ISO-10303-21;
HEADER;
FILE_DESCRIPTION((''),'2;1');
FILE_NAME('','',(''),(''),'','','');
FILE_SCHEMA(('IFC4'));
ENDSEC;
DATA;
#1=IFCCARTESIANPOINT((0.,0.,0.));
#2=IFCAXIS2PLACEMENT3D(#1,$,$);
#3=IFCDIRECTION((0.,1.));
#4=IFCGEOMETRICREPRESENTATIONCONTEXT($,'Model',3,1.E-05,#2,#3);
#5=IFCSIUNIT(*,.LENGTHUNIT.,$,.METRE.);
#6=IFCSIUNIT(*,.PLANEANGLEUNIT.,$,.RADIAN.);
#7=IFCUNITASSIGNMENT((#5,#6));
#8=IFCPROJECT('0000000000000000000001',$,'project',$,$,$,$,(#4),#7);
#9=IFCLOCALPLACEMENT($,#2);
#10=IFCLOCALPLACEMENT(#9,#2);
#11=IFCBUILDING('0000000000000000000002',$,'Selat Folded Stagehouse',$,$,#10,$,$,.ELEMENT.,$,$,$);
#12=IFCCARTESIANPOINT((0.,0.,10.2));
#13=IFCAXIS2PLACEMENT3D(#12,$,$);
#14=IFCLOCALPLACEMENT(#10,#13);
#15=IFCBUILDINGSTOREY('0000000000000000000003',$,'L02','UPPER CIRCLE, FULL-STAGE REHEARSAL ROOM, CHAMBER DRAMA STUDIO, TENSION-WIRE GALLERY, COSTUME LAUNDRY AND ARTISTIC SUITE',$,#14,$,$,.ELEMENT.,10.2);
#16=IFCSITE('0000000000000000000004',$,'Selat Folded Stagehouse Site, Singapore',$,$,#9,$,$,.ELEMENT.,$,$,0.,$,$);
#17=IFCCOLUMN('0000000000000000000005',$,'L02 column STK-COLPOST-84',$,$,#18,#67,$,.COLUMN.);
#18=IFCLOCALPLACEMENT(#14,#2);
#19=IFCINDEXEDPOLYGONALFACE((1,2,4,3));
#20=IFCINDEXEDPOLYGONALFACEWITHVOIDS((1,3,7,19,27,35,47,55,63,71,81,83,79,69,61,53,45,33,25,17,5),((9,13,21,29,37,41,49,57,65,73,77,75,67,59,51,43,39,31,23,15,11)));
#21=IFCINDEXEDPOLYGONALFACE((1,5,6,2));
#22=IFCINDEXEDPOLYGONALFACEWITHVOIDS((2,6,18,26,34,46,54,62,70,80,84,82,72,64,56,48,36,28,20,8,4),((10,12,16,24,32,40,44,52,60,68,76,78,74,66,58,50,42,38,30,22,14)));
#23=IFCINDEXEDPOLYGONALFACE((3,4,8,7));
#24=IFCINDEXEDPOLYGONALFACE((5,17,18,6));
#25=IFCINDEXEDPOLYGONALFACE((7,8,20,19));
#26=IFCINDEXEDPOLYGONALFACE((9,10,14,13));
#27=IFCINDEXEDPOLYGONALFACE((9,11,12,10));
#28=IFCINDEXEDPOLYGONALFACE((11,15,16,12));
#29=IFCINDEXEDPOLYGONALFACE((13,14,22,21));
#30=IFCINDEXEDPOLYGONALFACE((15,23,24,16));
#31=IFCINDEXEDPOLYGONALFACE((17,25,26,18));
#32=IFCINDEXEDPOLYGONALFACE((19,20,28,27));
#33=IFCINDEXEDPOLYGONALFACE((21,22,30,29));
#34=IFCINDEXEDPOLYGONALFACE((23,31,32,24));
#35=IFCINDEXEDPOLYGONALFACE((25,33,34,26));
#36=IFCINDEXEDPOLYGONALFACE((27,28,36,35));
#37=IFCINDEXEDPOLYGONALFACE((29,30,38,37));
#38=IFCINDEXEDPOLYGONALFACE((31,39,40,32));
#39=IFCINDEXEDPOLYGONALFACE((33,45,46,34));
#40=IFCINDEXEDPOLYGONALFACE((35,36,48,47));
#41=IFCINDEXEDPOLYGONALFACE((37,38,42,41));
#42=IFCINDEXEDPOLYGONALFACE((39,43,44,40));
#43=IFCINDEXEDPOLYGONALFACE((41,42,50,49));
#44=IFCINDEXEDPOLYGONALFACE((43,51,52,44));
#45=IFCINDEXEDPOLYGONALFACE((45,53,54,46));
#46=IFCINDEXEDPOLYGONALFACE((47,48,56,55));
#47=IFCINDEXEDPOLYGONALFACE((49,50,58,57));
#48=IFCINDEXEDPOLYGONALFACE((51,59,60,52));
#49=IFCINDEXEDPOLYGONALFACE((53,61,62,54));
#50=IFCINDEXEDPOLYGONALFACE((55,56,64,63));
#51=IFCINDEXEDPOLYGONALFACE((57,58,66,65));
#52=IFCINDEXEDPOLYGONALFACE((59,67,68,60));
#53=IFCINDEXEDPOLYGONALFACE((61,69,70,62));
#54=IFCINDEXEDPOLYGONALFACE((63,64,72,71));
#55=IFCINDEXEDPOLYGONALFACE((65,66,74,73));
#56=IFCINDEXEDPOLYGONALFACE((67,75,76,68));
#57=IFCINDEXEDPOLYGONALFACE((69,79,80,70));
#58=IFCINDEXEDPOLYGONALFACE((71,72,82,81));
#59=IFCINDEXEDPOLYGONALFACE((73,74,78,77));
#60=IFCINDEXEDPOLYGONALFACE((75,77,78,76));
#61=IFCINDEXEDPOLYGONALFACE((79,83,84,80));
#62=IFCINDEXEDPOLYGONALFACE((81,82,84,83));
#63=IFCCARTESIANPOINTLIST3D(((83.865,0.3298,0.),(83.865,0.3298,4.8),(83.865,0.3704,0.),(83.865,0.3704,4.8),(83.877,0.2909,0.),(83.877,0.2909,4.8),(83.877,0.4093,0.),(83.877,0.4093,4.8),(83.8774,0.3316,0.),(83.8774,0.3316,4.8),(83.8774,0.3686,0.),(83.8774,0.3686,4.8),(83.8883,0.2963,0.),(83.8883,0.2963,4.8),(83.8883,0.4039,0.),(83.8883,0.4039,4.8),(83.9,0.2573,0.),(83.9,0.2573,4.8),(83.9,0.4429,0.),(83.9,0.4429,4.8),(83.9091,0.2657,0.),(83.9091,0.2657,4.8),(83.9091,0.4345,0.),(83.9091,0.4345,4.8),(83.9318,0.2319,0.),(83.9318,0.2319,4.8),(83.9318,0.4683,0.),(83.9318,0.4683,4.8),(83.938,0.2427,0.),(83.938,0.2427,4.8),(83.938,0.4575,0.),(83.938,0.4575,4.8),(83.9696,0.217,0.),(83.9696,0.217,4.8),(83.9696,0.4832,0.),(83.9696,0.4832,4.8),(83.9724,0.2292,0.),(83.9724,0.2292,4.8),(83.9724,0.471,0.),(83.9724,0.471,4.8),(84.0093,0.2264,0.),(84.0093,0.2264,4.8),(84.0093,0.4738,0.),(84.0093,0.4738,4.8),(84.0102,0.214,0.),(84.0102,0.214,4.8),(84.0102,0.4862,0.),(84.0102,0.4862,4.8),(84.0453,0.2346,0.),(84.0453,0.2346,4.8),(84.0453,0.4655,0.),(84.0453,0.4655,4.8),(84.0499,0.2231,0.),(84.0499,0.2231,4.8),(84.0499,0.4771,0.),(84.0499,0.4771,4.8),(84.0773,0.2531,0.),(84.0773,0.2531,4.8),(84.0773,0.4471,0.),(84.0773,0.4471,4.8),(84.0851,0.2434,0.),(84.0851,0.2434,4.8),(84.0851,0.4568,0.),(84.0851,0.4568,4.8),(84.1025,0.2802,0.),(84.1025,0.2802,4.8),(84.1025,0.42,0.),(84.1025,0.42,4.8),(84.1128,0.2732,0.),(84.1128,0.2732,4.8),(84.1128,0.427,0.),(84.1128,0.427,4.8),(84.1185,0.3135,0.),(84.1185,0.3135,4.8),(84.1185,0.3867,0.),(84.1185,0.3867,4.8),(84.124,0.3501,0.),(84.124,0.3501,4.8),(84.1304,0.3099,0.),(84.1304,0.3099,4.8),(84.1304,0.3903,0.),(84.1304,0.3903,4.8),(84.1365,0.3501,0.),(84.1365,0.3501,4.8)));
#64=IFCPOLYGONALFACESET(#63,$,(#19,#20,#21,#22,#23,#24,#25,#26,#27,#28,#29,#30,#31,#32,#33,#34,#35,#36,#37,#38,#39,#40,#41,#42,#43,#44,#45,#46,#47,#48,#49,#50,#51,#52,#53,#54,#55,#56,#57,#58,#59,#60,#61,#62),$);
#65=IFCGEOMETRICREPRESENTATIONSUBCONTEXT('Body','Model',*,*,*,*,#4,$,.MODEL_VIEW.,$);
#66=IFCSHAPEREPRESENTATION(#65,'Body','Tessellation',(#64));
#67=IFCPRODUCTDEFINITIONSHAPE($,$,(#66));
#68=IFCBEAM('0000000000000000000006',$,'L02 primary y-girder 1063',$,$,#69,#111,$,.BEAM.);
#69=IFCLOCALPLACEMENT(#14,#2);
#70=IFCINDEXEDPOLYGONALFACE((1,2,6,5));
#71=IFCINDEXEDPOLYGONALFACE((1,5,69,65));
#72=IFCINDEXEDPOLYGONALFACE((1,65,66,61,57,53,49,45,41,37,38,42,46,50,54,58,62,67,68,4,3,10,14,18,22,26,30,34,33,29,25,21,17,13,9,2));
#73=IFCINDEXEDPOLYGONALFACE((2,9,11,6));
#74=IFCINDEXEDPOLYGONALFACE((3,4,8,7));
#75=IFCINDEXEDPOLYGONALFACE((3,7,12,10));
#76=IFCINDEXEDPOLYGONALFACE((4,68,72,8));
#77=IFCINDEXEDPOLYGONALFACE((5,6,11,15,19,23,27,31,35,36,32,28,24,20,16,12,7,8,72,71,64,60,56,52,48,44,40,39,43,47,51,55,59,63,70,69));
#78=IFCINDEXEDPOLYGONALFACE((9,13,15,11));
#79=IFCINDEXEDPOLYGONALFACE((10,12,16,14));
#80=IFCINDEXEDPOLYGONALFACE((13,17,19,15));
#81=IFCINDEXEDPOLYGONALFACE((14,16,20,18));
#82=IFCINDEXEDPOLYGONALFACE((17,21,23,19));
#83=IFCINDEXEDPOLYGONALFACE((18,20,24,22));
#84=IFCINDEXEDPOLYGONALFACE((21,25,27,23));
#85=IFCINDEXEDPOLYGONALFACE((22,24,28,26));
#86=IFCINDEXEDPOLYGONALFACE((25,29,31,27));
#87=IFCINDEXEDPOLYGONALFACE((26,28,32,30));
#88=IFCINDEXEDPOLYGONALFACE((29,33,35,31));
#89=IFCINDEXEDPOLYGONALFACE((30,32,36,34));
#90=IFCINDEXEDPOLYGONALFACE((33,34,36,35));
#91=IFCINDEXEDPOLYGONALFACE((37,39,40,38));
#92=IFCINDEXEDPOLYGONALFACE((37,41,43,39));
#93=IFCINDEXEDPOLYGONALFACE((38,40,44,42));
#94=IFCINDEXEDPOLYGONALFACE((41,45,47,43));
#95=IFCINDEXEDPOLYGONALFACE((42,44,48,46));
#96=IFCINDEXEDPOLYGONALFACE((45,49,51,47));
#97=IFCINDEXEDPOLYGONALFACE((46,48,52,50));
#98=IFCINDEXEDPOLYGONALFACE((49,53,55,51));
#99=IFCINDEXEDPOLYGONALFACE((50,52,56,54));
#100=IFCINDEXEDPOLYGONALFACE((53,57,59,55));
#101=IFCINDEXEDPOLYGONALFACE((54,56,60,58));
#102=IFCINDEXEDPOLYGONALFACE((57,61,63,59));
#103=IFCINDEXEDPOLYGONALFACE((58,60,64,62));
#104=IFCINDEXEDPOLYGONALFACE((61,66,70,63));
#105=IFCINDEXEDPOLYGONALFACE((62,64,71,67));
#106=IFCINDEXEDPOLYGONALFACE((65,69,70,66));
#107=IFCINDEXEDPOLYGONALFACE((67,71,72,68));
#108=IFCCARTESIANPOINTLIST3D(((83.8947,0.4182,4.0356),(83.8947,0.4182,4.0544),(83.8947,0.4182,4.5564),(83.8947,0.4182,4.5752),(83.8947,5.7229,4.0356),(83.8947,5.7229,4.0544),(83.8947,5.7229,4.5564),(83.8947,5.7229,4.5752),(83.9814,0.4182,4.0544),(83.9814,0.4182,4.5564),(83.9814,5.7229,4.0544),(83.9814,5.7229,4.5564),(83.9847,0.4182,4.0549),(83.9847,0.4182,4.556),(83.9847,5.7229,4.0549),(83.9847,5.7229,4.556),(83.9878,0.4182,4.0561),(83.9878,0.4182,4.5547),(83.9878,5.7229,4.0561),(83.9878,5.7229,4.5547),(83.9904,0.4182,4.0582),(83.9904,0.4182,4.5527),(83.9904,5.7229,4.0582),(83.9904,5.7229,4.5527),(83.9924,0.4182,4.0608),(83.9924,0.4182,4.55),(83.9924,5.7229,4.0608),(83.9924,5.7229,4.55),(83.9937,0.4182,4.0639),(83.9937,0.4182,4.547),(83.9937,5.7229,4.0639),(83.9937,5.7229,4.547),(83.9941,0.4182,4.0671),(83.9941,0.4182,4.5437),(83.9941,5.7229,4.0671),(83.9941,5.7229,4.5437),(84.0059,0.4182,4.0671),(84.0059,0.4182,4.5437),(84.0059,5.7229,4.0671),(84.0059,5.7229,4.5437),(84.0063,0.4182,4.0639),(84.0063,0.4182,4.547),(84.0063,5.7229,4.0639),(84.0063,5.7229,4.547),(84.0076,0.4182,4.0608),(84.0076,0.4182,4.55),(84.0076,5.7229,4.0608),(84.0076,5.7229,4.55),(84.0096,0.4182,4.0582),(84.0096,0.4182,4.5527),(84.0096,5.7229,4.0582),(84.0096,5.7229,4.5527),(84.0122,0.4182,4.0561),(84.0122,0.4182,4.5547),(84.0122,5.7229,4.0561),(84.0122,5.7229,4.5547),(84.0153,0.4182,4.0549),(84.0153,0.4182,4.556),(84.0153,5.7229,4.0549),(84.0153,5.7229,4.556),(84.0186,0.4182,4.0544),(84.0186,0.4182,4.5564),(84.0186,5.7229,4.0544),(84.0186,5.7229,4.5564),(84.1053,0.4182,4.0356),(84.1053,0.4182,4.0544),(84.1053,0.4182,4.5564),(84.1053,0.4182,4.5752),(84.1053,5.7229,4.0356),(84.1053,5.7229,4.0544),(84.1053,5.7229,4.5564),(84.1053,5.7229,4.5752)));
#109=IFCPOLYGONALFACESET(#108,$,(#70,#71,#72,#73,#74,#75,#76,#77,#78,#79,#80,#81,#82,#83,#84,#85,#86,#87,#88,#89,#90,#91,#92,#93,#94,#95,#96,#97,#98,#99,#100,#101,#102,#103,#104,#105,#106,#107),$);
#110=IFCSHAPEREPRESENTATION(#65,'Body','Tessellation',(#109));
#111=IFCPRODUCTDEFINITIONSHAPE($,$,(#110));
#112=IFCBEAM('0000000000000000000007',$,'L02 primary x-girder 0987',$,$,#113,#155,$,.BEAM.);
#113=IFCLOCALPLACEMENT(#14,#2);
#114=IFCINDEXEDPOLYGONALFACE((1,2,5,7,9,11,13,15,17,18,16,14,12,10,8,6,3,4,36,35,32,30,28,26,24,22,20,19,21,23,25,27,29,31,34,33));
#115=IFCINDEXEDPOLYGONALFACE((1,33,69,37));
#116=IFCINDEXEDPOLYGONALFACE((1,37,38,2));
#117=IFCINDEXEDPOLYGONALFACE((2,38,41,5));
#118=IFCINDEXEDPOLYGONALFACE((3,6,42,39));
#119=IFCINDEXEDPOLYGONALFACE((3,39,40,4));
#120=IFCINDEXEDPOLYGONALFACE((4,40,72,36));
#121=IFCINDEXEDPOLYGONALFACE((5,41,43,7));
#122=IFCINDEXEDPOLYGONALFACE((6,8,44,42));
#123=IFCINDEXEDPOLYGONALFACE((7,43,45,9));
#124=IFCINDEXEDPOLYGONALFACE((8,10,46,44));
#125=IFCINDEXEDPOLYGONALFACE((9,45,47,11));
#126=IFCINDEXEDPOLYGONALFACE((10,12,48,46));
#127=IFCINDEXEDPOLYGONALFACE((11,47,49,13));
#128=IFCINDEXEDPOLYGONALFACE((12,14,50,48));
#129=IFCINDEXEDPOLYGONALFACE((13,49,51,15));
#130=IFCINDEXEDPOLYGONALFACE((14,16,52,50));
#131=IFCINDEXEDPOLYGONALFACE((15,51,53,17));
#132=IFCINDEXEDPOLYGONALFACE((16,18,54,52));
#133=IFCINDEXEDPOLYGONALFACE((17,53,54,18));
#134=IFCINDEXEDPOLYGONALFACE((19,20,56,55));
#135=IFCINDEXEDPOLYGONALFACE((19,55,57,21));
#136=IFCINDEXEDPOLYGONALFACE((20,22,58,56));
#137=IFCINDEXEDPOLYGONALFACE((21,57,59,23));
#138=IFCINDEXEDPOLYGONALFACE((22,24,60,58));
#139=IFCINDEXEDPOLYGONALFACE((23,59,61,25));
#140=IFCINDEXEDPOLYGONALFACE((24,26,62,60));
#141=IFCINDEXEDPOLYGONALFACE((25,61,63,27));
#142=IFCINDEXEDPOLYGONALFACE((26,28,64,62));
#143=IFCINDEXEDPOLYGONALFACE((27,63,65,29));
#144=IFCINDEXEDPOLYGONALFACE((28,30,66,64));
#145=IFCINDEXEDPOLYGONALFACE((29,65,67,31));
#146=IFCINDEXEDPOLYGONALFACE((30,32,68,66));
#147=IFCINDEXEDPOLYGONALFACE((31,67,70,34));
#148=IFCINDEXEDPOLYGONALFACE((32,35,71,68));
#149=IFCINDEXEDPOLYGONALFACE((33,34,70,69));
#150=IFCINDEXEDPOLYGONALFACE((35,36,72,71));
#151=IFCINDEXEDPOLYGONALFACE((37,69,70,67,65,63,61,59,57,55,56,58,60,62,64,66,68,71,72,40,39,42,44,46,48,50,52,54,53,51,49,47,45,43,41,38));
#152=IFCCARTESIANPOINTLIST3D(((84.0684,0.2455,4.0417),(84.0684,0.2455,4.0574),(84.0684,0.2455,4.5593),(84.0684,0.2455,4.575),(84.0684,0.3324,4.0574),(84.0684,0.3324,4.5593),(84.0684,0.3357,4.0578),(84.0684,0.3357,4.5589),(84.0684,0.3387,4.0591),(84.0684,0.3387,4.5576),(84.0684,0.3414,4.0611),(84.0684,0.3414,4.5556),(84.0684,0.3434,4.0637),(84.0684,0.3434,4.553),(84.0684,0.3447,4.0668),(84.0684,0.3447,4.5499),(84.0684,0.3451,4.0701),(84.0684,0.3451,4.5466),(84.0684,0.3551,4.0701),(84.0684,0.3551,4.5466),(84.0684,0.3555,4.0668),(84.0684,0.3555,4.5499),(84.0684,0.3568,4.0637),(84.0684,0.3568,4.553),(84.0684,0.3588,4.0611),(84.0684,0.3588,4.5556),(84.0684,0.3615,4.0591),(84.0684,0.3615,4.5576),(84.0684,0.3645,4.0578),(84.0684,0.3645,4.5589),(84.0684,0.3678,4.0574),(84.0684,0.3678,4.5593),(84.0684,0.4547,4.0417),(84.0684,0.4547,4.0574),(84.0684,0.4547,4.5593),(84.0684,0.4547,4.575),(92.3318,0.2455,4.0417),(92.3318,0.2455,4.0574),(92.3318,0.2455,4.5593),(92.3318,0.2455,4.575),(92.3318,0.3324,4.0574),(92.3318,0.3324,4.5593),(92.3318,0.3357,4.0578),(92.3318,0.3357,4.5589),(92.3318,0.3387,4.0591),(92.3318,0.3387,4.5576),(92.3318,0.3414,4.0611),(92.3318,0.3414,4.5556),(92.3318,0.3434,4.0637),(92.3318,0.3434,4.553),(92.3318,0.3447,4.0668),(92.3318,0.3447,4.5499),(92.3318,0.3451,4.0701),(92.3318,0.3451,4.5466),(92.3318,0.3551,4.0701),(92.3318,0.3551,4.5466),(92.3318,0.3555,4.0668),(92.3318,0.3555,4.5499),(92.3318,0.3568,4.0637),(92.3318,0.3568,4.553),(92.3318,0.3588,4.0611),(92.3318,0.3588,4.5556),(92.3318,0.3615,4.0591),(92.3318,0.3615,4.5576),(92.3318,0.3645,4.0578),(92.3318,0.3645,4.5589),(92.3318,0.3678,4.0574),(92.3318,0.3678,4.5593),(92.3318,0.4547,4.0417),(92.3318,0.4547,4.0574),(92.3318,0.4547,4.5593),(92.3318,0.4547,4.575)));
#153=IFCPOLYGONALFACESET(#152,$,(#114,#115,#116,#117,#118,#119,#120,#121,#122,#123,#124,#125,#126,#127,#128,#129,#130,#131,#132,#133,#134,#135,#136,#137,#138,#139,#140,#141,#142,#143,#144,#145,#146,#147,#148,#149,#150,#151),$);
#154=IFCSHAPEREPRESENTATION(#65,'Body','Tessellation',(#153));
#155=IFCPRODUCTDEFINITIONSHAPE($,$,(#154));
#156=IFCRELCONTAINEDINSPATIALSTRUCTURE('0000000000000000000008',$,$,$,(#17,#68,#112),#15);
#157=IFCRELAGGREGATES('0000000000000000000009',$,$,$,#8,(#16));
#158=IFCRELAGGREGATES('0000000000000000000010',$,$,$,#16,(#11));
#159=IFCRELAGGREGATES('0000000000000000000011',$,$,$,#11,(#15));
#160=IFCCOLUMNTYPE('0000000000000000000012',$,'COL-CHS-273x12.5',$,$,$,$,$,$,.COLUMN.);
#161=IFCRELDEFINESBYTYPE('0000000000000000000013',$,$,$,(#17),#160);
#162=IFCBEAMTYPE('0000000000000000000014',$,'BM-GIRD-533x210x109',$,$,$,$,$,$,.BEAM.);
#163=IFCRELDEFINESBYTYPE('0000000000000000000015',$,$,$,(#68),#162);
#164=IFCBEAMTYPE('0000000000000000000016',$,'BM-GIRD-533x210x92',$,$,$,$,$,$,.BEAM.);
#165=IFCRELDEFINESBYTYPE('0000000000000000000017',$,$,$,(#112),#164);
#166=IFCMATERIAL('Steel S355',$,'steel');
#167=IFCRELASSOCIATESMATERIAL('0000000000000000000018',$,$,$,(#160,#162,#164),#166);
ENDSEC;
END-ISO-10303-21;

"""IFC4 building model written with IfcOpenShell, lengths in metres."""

from ifc_helpers import new_model, si_unit, direction, frame, origin, origin_2d, place, context, subcontext, project, spatial, hollow_circle, i_section, extrude, material, material_profile, profile_set, type_object, element, save


model = new_model("IFC4")

# Units and contexts
model_context = context("Model", 3, precision=1e-05, world=origin(), true_north=direction((0.0, 1.0)))
body_context = subcontext(model_context, "Body", "Model", "MODEL_VIEW")
ifc_project = project(units=[si_unit("LENGTHUNIT", "METRE"), si_unit("PLANEANGLEUNIT", "RADIAN")], contexts=[model_context])

# Site, building, storey
site_placement = place(None, origin())
site = spatial("IfcSite", under=ifc_project, at=site_placement, Name="Selat Folded Stagehouse Site, Singapore", CompositionType="ELEMENT", RefElevation=0.0)
building_placement = place(site_placement, origin())
building = spatial("IfcBuilding", under=site, at=building_placement, Name="Selat Folded Stagehouse", CompositionType="ELEMENT")
storey_placement = place(building_placement, frame((0.0, 0.0, 10.2)))
storey = spatial("IfcBuildingStorey", under=building, at=storey_placement, Name="L02", Description="UPPER CIRCLE, FULL-STAGE REHEARSAL ROOM, CHAMBER DRAMA STUDIO, TENSION-WIRE GALLERY, COSTUME LAUNDRY AND ARTISTIC SUITE", CompositionType="ELEMENT", Elevation=10.2)

# Column
ifc_material_1 = material(Name="Steel S355", Category="steel")
ifc_material_profile_1 = material_profile(ifc_material_1, hollow_circle(Radius=0.1365, WallThickness=0.0125, at=origin_2d()), Name="CHS 273.0x12.5")
ifc_profile_set_1 = profile_set([ifc_material_profile_1], Name="Steel S355")
column_type = type_object("IfcColumnType", Name="COL-CHS-273x12.5", PredefinedType="COLUMN", material=ifc_profile_set_1)
column_placement = place(storey_placement, frame((84.0, 0.3501, 0.0), z_axis=(0.0, 0.0, 1.0), x_axis=(1.0, 0.0, 0.0)))
element("IfcColumn", 1, at=column_placement, inside=storey, type_object=column_type, Name="L02 column STK-COLPOST-84", PredefinedType="COLUMN", context=body_context, shape_type="SweptSolid", body=[
    extrude(hollow_circle(Radius=0.1365, WallThickness=0.0125, at=origin_2d()), origin(), (0.0, 0.0, 1.0), 4.8),
])

# Beams
ifc_material_profile_2 = material_profile(ifc_material_1, i_section(OverallWidth=0.2107, OverallDepth=0.5396, WebThickness=0.0117, FlangeThickness=0.0188, FilletRadius=0.0127, at=origin_2d()), Name="UKB 533x210x109")
ifc_profile_set_2 = profile_set([ifc_material_profile_2], Name="Steel S355")
beam_type_1 = type_object("IfcBeamType", Name="BM-GIRD-533x210x109", PredefinedType="BEAM", material=ifc_profile_set_2)
beam_1_placement = place(storey_placement, frame((84.0, 0.4182, 4.3054), z_axis=(0.0, 1.0, 0.0), x_axis=(-1.0, 0.0, 0.0)))
element("IfcBeam", 2, at=beam_1_placement, inside=storey, type_object=beam_type_1, Name="L02 primary y-girder 1063", PredefinedType="BEAM", context=body_context, shape_type="SweptSolid", body=[
    extrude(i_section(OverallWidth=0.2107, OverallDepth=0.5396, WebThickness=0.0117, FlangeThickness=0.0188, FilletRadius=0.0127, at=origin_2d()), origin(), (0.0, 0.0, 1.0), 5.3047),
])
ifc_material_profile_3 = material_profile(ifc_material_1, i_section(OverallWidth=0.2092, OverallDepth=0.5332, WebThickness=0.01, FlangeThickness=0.0156, FilletRadius=0.0127, at=origin_2d()), Name="UKB 533x210x92")
ifc_profile_set_3 = profile_set([ifc_material_profile_3], Name="Steel S355")
beam_type_2 = type_object("IfcBeamType", Name="BM-GIRD-533x210x92", PredefinedType="BEAM", material=ifc_profile_set_3)
beam_2_placement = place(storey_placement, frame((84.0684, 0.3501, 4.3083), z_axis=(1.0, 0.0, 0.0), x_axis=(0.0, 1.0, 0.0)))
element("IfcBeam", 3, at=beam_2_placement, inside=storey, type_object=beam_type_2, Name="L02 primary x-girder 0987", PredefinedType="BEAM", context=body_context, shape_type="SweptSolid", body=[
    extrude(i_section(OverallWidth=0.2092, OverallDepth=0.5332, WebThickness=0.01, FlangeThickness=0.0156, FilletRadius=0.0127, at=origin_2d()), origin(), (0.0, 0.0, 1.0), 8.2634),
])

save(model, "model.ifc")
